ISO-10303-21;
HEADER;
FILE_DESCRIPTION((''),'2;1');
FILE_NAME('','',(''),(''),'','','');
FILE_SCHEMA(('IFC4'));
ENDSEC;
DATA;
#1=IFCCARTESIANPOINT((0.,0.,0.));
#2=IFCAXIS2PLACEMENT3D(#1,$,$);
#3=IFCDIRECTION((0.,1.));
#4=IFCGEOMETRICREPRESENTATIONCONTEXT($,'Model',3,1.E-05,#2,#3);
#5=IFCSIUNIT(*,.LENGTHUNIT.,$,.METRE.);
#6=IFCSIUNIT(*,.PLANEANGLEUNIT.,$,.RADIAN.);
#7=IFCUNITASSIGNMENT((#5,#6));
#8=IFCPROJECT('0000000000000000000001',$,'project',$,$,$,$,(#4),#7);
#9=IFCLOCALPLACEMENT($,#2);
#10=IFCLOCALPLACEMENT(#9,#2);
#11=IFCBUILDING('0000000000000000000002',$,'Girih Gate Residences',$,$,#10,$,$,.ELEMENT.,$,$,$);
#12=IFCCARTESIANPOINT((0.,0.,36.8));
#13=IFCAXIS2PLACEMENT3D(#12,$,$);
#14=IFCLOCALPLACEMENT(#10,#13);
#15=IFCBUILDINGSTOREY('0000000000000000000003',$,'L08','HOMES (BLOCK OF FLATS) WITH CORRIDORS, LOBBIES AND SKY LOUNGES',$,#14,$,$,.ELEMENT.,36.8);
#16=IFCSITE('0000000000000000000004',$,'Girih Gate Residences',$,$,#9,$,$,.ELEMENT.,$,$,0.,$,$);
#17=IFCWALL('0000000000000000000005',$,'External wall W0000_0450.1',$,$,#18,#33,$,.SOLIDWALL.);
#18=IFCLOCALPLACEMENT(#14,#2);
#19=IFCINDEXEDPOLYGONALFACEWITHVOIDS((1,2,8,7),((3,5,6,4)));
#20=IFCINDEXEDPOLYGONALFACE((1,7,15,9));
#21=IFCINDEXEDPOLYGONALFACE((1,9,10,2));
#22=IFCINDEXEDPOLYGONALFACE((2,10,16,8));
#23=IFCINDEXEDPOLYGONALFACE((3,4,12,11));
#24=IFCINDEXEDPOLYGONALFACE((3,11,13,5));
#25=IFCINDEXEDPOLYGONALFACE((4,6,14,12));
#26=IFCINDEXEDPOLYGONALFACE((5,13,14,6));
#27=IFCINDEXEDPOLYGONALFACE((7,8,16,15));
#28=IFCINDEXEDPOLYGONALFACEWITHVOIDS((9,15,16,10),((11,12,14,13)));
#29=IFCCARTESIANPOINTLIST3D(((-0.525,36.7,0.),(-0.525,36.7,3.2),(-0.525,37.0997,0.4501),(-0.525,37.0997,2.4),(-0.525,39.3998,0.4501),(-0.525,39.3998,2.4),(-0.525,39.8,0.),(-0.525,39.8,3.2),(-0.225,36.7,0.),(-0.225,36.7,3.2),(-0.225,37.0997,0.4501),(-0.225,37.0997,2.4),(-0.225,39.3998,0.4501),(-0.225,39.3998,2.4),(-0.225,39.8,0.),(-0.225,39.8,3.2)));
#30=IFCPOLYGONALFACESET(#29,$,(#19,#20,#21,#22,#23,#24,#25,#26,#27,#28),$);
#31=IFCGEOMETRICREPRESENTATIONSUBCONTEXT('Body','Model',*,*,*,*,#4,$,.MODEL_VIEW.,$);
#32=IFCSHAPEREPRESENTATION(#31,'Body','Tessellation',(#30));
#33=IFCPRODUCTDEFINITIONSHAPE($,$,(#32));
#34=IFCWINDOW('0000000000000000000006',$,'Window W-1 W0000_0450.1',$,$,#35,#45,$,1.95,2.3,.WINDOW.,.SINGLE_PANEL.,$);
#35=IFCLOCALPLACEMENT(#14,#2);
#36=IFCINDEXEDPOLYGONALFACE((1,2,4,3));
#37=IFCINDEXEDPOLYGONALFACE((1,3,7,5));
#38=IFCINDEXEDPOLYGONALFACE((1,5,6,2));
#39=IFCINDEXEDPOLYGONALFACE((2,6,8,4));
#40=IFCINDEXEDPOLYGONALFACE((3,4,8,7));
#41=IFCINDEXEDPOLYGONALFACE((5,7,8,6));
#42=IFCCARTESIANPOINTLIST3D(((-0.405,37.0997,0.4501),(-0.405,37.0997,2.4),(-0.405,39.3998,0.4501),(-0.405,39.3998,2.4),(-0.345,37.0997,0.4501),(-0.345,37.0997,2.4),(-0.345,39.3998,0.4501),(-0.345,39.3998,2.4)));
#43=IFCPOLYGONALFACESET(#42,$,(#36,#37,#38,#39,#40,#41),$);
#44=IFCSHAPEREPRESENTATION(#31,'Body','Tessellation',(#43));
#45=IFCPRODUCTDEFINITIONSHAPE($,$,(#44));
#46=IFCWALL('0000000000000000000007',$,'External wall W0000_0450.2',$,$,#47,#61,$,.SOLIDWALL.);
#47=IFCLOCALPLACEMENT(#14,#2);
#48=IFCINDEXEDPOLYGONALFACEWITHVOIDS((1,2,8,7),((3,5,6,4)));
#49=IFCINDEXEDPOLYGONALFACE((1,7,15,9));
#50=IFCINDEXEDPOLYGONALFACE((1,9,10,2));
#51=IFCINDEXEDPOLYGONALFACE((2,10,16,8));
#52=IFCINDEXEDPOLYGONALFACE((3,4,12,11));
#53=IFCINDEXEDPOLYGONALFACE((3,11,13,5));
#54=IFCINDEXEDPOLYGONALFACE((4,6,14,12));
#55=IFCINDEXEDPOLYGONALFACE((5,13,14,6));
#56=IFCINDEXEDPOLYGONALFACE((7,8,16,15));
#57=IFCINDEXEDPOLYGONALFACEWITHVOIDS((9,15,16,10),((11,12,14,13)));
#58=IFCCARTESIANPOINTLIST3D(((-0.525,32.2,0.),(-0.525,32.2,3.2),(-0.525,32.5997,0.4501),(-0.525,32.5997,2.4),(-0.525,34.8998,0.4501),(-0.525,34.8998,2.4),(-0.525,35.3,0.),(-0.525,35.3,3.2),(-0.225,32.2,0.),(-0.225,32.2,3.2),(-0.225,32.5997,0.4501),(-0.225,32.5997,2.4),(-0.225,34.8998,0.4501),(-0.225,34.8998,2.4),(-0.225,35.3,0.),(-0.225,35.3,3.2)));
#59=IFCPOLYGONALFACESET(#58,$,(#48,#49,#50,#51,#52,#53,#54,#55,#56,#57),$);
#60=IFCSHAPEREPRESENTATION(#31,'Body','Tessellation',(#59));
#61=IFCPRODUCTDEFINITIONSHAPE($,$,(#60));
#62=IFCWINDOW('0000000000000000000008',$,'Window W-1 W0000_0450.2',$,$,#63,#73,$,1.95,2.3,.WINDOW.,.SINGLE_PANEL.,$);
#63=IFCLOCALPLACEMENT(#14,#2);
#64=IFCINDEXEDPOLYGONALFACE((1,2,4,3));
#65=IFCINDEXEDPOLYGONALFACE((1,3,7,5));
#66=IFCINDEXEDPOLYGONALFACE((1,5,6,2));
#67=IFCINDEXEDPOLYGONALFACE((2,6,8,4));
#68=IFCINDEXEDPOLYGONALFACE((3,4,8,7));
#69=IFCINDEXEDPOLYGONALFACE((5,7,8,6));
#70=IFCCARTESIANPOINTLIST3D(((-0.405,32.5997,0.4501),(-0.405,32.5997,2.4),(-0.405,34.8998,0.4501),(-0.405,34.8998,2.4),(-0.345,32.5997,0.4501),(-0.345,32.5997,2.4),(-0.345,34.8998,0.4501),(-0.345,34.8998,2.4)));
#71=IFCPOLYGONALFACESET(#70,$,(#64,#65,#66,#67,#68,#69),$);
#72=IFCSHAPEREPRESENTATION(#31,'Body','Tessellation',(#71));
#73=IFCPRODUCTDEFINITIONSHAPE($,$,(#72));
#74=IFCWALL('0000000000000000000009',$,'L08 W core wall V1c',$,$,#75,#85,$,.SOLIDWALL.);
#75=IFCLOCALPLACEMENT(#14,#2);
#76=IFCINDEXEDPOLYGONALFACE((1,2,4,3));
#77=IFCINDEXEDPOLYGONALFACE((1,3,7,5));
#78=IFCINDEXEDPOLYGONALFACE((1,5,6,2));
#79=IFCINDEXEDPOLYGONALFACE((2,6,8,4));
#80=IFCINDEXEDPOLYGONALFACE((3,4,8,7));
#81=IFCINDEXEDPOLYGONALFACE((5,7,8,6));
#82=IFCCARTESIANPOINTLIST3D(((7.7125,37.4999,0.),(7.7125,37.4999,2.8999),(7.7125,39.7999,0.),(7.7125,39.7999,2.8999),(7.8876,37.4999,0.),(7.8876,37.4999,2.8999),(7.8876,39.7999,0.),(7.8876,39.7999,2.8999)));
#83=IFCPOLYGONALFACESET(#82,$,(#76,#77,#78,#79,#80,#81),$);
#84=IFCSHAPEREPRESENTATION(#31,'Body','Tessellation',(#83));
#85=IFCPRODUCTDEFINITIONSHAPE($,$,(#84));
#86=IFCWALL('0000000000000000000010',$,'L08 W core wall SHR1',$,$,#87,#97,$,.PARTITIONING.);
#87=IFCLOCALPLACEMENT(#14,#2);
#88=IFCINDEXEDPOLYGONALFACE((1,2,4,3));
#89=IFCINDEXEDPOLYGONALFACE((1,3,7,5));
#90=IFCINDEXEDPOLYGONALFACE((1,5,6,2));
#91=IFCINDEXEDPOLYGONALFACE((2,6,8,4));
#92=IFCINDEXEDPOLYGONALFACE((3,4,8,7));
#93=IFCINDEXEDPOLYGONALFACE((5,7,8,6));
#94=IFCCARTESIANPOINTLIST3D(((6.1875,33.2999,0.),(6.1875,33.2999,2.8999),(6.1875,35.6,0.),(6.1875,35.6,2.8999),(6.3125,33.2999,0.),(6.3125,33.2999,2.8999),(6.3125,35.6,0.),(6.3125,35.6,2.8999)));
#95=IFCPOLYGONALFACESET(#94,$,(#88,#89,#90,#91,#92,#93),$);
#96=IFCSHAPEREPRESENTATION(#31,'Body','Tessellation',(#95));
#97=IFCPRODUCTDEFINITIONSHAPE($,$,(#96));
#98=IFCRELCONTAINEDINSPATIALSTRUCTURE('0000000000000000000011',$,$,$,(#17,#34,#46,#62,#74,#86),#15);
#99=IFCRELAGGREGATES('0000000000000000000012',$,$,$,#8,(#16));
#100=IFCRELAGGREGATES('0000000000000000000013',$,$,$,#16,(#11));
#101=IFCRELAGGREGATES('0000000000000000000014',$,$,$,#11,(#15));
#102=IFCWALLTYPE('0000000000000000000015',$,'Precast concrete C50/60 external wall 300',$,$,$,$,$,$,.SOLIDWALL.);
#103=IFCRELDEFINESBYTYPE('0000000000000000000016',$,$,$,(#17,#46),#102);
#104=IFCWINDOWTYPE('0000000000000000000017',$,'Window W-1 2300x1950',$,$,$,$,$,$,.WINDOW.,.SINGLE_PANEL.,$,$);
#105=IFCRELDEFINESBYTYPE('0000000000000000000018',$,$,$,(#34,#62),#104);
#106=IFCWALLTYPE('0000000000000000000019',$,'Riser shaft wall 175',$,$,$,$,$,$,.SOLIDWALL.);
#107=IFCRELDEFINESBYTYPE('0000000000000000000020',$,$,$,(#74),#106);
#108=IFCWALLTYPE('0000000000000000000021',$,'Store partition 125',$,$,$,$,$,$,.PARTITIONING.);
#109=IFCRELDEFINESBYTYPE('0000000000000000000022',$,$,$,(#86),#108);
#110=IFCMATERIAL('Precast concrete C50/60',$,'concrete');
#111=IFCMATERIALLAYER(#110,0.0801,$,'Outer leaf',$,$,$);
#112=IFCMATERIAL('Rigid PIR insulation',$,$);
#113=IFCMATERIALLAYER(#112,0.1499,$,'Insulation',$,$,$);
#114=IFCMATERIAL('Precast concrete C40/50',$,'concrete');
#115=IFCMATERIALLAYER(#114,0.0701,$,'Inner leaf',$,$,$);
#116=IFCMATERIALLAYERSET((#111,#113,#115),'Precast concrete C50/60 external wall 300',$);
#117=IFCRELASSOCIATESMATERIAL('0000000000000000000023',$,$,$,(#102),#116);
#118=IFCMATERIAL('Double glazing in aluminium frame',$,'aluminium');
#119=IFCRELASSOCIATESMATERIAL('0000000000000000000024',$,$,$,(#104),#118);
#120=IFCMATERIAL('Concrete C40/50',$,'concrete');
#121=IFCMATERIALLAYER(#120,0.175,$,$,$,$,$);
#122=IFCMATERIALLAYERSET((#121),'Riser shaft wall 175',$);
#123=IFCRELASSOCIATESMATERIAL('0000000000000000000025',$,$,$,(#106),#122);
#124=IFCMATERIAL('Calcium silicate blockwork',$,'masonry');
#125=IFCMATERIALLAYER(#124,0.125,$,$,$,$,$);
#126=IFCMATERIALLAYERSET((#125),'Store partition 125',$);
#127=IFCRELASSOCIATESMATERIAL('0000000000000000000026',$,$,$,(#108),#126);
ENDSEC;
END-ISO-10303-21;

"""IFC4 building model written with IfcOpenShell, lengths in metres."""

from ifc_helpers import new_model, si_unit, direction, frame, frame_2d, origin, place, context, subcontext, project, spatial, rectangle, extrude, material, layer, layer_set, type_object, element, fill, save


model = new_model("IFC4")

# Units and contexts
model_context = context("Model", 3, precision=1e-05, world=origin(), true_north=direction((0.0, 1.0)))
body_context = subcontext(model_context, "Body", "Model", "MODEL_VIEW")
ifc_project = project(units=[si_unit("LENGTHUNIT", "METRE"), si_unit("PLANEANGLEUNIT", "RADIAN")], contexts=[model_context])

# Site, building, storey
site_placement = place(None, origin())
site = spatial("IfcSite", under=ifc_project, at=site_placement, Name="Girih Gate Residences", CompositionType="ELEMENT", RefElevation=0.0)
building_placement = place(site_placement, origin())
building = spatial("IfcBuilding", under=site, at=building_placement, Name="Girih Gate Residences", CompositionType="ELEMENT")
storey_placement = place(building_placement, frame((0.0, 0.0, 36.8)))
storey = spatial("IfcBuildingStorey", under=building, at=storey_placement, Name="L08", Description="HOMES (BLOCK OF FLATS) WITH CORRIDORS, LOBBIES AND SKY LOUNGES", CompositionType="ELEMENT", Elevation=36.8)

# Shared definitions
ifc_material_1 = material(Name="Concrete C40/50", Category="concrete")

# Walls, openings, windows
ifc_material_2 = material(Name="Precast concrete C50/60", Category="concrete")
ifc_layer_1 = layer(ifc_material_2, 0.0801, Name="Outer leaf")
ifc_material_3 = material(Name="Rigid PIR insulation")
ifc_layer_2 = layer(ifc_material_3, 0.1499, Name="Insulation")
ifc_material_4 = material(Name="Precast concrete C40/50", Category="concrete")
ifc_layer_3 = layer(ifc_material_4, 0.0701, Name="Inner leaf")
ifc_layer_set_1 = layer_set([ifc_layer_1, ifc_layer_2, ifc_layer_3], Name="Precast concrete C50/60 external wall 300")
wall_type_1 = type_object("IfcWallType", Name="Precast concrete C50/60 external wall 300", PredefinedType="SOLIDWALL", material=ifc_layer_set_1)
wall_1_placement = place(storey_placement, frame((-0.375, 36.7, 0.0), z_axis=(0.0, 0.0, 1.0), x_axis=(0.0, 1.0, 0.0)))
wall_1 = element("IfcWall", 1, at=wall_1_placement, inside=storey, type_object=wall_type_1, Name="External wall W0000_0450.1", PredefinedType="SOLIDWALL", context=body_context, shape_type="SweptSolid", body=[
    extrude(rectangle(XDim=3.1001, YDim=0.3, at=frame_2d((1.55, 0.0))), origin(), (0.0, 0.0, 1.0), 3.2),
])
opening_1_placement = place(wall_1_placement, frame((0.3999, 0.0, 0.45)))
opening_1 = element("IfcOpeningElement", 2, at=opening_1_placement, cuts=wall_1, PredefinedType="OPENING", context=body_context, shape_type="SweptSolid", body=[
    extrude(rectangle(XDim=2.3, YDim=1.95, at=frame_2d((1.1499, 0.9751))), frame((0.0, 0.1599, 0.0), z_axis=(0.0, -1.0, 0.0), x_axis=(1.0, 0.0, 0.0)), (0.0, 0.0, 1.0), 0.3201),
])
ifc_material_5 = material(Name="Double glazing in aluminium frame", Category="aluminium")
window_type = type_object("IfcWindowType", Name="Window W-1 2300x1950", PartitioningType="SINGLE_PANEL", PredefinedType="WINDOW", material=ifc_material_5)
window_1_placement = place(opening_1_placement, origin())
window_1 = element("IfcWindow", 3, at=window_1_placement, inside=storey, type_object=window_type, Name="Window W-1 W0000_0450.1", OverallHeight=1.95, OverallWidth=2.3, PartitioningType="SINGLE_PANEL", PredefinedType="WINDOW", context=body_context, shape_type="SweptSolid", body=[
    extrude(rectangle(XDim=2.3, YDim=1.95, at=frame_2d((1.1499, 0.9751))), frame((0.0, 0.03, 0.0), z_axis=(0.0, -1.0, 0.0), x_axis=(1.0, 0.0, 0.0)), (0.0, 0.0, 1.0), 0.0601),
])
fill(opening_1, window_1)
wall_2_placement = place(storey_placement, frame((-0.375, 32.2, 0.0), z_axis=(0.0, 0.0, 1.0), x_axis=(0.0, 1.0, 0.0)))
wall_2 = element("IfcWall", 4, at=wall_2_placement, inside=storey, type_object=wall_type_1, Name="External wall W0000_0450.2", PredefinedType="SOLIDWALL", context=body_context, shape_type="SweptSolid", body=[
    extrude(rectangle(XDim=3.1001, YDim=0.3, at=frame_2d((1.55, 0.0))), origin(), (0.0, 0.0, 1.0), 3.2),
])
opening_2_placement = place(wall_2_placement, frame((0.3999, 0.0, 0.45)))
opening_2 = element("IfcOpeningElement", 5, at=opening_2_placement, cuts=wall_2, PredefinedType="OPENING", context=body_context, shape_type="SweptSolid", body=[
    extrude(rectangle(XDim=2.3, YDim=1.95, at=frame_2d((1.1499, 0.9751))), frame((0.0, 0.1599, 0.0), z_axis=(0.0, -1.0, 0.0), x_axis=(1.0, 0.0, 0.0)), (0.0, 0.0, 1.0), 0.3201),
])
window_2_placement = place(opening_2_placement, origin())
window_2 = element("IfcWindow", 6, at=window_2_placement, inside=storey, type_object=window_type, Name="Window W-1 W0000_0450.2", OverallHeight=1.95, OverallWidth=2.3, PartitioningType="SINGLE_PANEL", PredefinedType="WINDOW", context=body_context, shape_type="SweptSolid", body=[
    extrude(rectangle(XDim=2.3, YDim=1.95, at=frame_2d((1.1499, 0.9751))), frame((0.0, 0.03, 0.0), z_axis=(0.0, -1.0, 0.0), x_axis=(1.0, 0.0, 0.0)), (0.0, 0.0, 1.0), 0.0601),
])
fill(opening_2, window_2)

# Walls
ifc_layer_4 = layer(ifc_material_1, 0.175)
ifc_layer_set_2 = layer_set([ifc_layer_4], Name="Riser shaft wall 175")
wall_type_2 = type_object("IfcWallType", Name="Riser shaft wall 175", PredefinedType="SOLIDWALL", material=ifc_layer_set_2)
wall_3_placement = place(storey_placement, frame((7.8, 37.5, 0.0), z_axis=(0.0, 0.0, 1.0), x_axis=(0.0, 1.0, 0.0)))
element("IfcWall", 7, at=wall_3_placement, inside=storey, type_object=wall_type_2, Name="L08 W core wall V1c", PredefinedType="SOLIDWALL", context=body_context, shape_type="SweptSolid", body=[
    extrude(rectangle(XDim=2.3, YDim=0.175, at=frame_2d((1.1499, 0.0))), origin(), (0.0, 0.0, 1.0), 2.8999),
])
ifc_material_6 = material(Name="Calcium silicate blockwork", Category="masonry")
ifc_layer_5 = layer(ifc_material_6, 0.125)
ifc_layer_set_3 = layer_set([ifc_layer_5], Name="Store partition 125")
wall_type_3 = type_object("IfcWallType", Name="Store partition 125", PredefinedType="PARTITIONING", material=ifc_layer_set_3)
wall_4_placement = place(storey_placement, frame((6.25, 33.3, 0.0), z_axis=(0.0, 0.0, 1.0), x_axis=(0.0, 1.0, 0.0)))
element("IfcWall", 8, at=wall_4_placement, inside=storey, type_object=wall_type_3, Name="L08 W core wall SHR1", PredefinedType="PARTITIONING", context=body_context, shape_type="SweptSolid", body=[
    extrude(rectangle(XDim=2.3, YDim=0.125, at=frame_2d((1.1499, 0.0))), origin(), (0.0, 0.0, 1.0), 2.8999),
])

save(model, "model.ifc")
